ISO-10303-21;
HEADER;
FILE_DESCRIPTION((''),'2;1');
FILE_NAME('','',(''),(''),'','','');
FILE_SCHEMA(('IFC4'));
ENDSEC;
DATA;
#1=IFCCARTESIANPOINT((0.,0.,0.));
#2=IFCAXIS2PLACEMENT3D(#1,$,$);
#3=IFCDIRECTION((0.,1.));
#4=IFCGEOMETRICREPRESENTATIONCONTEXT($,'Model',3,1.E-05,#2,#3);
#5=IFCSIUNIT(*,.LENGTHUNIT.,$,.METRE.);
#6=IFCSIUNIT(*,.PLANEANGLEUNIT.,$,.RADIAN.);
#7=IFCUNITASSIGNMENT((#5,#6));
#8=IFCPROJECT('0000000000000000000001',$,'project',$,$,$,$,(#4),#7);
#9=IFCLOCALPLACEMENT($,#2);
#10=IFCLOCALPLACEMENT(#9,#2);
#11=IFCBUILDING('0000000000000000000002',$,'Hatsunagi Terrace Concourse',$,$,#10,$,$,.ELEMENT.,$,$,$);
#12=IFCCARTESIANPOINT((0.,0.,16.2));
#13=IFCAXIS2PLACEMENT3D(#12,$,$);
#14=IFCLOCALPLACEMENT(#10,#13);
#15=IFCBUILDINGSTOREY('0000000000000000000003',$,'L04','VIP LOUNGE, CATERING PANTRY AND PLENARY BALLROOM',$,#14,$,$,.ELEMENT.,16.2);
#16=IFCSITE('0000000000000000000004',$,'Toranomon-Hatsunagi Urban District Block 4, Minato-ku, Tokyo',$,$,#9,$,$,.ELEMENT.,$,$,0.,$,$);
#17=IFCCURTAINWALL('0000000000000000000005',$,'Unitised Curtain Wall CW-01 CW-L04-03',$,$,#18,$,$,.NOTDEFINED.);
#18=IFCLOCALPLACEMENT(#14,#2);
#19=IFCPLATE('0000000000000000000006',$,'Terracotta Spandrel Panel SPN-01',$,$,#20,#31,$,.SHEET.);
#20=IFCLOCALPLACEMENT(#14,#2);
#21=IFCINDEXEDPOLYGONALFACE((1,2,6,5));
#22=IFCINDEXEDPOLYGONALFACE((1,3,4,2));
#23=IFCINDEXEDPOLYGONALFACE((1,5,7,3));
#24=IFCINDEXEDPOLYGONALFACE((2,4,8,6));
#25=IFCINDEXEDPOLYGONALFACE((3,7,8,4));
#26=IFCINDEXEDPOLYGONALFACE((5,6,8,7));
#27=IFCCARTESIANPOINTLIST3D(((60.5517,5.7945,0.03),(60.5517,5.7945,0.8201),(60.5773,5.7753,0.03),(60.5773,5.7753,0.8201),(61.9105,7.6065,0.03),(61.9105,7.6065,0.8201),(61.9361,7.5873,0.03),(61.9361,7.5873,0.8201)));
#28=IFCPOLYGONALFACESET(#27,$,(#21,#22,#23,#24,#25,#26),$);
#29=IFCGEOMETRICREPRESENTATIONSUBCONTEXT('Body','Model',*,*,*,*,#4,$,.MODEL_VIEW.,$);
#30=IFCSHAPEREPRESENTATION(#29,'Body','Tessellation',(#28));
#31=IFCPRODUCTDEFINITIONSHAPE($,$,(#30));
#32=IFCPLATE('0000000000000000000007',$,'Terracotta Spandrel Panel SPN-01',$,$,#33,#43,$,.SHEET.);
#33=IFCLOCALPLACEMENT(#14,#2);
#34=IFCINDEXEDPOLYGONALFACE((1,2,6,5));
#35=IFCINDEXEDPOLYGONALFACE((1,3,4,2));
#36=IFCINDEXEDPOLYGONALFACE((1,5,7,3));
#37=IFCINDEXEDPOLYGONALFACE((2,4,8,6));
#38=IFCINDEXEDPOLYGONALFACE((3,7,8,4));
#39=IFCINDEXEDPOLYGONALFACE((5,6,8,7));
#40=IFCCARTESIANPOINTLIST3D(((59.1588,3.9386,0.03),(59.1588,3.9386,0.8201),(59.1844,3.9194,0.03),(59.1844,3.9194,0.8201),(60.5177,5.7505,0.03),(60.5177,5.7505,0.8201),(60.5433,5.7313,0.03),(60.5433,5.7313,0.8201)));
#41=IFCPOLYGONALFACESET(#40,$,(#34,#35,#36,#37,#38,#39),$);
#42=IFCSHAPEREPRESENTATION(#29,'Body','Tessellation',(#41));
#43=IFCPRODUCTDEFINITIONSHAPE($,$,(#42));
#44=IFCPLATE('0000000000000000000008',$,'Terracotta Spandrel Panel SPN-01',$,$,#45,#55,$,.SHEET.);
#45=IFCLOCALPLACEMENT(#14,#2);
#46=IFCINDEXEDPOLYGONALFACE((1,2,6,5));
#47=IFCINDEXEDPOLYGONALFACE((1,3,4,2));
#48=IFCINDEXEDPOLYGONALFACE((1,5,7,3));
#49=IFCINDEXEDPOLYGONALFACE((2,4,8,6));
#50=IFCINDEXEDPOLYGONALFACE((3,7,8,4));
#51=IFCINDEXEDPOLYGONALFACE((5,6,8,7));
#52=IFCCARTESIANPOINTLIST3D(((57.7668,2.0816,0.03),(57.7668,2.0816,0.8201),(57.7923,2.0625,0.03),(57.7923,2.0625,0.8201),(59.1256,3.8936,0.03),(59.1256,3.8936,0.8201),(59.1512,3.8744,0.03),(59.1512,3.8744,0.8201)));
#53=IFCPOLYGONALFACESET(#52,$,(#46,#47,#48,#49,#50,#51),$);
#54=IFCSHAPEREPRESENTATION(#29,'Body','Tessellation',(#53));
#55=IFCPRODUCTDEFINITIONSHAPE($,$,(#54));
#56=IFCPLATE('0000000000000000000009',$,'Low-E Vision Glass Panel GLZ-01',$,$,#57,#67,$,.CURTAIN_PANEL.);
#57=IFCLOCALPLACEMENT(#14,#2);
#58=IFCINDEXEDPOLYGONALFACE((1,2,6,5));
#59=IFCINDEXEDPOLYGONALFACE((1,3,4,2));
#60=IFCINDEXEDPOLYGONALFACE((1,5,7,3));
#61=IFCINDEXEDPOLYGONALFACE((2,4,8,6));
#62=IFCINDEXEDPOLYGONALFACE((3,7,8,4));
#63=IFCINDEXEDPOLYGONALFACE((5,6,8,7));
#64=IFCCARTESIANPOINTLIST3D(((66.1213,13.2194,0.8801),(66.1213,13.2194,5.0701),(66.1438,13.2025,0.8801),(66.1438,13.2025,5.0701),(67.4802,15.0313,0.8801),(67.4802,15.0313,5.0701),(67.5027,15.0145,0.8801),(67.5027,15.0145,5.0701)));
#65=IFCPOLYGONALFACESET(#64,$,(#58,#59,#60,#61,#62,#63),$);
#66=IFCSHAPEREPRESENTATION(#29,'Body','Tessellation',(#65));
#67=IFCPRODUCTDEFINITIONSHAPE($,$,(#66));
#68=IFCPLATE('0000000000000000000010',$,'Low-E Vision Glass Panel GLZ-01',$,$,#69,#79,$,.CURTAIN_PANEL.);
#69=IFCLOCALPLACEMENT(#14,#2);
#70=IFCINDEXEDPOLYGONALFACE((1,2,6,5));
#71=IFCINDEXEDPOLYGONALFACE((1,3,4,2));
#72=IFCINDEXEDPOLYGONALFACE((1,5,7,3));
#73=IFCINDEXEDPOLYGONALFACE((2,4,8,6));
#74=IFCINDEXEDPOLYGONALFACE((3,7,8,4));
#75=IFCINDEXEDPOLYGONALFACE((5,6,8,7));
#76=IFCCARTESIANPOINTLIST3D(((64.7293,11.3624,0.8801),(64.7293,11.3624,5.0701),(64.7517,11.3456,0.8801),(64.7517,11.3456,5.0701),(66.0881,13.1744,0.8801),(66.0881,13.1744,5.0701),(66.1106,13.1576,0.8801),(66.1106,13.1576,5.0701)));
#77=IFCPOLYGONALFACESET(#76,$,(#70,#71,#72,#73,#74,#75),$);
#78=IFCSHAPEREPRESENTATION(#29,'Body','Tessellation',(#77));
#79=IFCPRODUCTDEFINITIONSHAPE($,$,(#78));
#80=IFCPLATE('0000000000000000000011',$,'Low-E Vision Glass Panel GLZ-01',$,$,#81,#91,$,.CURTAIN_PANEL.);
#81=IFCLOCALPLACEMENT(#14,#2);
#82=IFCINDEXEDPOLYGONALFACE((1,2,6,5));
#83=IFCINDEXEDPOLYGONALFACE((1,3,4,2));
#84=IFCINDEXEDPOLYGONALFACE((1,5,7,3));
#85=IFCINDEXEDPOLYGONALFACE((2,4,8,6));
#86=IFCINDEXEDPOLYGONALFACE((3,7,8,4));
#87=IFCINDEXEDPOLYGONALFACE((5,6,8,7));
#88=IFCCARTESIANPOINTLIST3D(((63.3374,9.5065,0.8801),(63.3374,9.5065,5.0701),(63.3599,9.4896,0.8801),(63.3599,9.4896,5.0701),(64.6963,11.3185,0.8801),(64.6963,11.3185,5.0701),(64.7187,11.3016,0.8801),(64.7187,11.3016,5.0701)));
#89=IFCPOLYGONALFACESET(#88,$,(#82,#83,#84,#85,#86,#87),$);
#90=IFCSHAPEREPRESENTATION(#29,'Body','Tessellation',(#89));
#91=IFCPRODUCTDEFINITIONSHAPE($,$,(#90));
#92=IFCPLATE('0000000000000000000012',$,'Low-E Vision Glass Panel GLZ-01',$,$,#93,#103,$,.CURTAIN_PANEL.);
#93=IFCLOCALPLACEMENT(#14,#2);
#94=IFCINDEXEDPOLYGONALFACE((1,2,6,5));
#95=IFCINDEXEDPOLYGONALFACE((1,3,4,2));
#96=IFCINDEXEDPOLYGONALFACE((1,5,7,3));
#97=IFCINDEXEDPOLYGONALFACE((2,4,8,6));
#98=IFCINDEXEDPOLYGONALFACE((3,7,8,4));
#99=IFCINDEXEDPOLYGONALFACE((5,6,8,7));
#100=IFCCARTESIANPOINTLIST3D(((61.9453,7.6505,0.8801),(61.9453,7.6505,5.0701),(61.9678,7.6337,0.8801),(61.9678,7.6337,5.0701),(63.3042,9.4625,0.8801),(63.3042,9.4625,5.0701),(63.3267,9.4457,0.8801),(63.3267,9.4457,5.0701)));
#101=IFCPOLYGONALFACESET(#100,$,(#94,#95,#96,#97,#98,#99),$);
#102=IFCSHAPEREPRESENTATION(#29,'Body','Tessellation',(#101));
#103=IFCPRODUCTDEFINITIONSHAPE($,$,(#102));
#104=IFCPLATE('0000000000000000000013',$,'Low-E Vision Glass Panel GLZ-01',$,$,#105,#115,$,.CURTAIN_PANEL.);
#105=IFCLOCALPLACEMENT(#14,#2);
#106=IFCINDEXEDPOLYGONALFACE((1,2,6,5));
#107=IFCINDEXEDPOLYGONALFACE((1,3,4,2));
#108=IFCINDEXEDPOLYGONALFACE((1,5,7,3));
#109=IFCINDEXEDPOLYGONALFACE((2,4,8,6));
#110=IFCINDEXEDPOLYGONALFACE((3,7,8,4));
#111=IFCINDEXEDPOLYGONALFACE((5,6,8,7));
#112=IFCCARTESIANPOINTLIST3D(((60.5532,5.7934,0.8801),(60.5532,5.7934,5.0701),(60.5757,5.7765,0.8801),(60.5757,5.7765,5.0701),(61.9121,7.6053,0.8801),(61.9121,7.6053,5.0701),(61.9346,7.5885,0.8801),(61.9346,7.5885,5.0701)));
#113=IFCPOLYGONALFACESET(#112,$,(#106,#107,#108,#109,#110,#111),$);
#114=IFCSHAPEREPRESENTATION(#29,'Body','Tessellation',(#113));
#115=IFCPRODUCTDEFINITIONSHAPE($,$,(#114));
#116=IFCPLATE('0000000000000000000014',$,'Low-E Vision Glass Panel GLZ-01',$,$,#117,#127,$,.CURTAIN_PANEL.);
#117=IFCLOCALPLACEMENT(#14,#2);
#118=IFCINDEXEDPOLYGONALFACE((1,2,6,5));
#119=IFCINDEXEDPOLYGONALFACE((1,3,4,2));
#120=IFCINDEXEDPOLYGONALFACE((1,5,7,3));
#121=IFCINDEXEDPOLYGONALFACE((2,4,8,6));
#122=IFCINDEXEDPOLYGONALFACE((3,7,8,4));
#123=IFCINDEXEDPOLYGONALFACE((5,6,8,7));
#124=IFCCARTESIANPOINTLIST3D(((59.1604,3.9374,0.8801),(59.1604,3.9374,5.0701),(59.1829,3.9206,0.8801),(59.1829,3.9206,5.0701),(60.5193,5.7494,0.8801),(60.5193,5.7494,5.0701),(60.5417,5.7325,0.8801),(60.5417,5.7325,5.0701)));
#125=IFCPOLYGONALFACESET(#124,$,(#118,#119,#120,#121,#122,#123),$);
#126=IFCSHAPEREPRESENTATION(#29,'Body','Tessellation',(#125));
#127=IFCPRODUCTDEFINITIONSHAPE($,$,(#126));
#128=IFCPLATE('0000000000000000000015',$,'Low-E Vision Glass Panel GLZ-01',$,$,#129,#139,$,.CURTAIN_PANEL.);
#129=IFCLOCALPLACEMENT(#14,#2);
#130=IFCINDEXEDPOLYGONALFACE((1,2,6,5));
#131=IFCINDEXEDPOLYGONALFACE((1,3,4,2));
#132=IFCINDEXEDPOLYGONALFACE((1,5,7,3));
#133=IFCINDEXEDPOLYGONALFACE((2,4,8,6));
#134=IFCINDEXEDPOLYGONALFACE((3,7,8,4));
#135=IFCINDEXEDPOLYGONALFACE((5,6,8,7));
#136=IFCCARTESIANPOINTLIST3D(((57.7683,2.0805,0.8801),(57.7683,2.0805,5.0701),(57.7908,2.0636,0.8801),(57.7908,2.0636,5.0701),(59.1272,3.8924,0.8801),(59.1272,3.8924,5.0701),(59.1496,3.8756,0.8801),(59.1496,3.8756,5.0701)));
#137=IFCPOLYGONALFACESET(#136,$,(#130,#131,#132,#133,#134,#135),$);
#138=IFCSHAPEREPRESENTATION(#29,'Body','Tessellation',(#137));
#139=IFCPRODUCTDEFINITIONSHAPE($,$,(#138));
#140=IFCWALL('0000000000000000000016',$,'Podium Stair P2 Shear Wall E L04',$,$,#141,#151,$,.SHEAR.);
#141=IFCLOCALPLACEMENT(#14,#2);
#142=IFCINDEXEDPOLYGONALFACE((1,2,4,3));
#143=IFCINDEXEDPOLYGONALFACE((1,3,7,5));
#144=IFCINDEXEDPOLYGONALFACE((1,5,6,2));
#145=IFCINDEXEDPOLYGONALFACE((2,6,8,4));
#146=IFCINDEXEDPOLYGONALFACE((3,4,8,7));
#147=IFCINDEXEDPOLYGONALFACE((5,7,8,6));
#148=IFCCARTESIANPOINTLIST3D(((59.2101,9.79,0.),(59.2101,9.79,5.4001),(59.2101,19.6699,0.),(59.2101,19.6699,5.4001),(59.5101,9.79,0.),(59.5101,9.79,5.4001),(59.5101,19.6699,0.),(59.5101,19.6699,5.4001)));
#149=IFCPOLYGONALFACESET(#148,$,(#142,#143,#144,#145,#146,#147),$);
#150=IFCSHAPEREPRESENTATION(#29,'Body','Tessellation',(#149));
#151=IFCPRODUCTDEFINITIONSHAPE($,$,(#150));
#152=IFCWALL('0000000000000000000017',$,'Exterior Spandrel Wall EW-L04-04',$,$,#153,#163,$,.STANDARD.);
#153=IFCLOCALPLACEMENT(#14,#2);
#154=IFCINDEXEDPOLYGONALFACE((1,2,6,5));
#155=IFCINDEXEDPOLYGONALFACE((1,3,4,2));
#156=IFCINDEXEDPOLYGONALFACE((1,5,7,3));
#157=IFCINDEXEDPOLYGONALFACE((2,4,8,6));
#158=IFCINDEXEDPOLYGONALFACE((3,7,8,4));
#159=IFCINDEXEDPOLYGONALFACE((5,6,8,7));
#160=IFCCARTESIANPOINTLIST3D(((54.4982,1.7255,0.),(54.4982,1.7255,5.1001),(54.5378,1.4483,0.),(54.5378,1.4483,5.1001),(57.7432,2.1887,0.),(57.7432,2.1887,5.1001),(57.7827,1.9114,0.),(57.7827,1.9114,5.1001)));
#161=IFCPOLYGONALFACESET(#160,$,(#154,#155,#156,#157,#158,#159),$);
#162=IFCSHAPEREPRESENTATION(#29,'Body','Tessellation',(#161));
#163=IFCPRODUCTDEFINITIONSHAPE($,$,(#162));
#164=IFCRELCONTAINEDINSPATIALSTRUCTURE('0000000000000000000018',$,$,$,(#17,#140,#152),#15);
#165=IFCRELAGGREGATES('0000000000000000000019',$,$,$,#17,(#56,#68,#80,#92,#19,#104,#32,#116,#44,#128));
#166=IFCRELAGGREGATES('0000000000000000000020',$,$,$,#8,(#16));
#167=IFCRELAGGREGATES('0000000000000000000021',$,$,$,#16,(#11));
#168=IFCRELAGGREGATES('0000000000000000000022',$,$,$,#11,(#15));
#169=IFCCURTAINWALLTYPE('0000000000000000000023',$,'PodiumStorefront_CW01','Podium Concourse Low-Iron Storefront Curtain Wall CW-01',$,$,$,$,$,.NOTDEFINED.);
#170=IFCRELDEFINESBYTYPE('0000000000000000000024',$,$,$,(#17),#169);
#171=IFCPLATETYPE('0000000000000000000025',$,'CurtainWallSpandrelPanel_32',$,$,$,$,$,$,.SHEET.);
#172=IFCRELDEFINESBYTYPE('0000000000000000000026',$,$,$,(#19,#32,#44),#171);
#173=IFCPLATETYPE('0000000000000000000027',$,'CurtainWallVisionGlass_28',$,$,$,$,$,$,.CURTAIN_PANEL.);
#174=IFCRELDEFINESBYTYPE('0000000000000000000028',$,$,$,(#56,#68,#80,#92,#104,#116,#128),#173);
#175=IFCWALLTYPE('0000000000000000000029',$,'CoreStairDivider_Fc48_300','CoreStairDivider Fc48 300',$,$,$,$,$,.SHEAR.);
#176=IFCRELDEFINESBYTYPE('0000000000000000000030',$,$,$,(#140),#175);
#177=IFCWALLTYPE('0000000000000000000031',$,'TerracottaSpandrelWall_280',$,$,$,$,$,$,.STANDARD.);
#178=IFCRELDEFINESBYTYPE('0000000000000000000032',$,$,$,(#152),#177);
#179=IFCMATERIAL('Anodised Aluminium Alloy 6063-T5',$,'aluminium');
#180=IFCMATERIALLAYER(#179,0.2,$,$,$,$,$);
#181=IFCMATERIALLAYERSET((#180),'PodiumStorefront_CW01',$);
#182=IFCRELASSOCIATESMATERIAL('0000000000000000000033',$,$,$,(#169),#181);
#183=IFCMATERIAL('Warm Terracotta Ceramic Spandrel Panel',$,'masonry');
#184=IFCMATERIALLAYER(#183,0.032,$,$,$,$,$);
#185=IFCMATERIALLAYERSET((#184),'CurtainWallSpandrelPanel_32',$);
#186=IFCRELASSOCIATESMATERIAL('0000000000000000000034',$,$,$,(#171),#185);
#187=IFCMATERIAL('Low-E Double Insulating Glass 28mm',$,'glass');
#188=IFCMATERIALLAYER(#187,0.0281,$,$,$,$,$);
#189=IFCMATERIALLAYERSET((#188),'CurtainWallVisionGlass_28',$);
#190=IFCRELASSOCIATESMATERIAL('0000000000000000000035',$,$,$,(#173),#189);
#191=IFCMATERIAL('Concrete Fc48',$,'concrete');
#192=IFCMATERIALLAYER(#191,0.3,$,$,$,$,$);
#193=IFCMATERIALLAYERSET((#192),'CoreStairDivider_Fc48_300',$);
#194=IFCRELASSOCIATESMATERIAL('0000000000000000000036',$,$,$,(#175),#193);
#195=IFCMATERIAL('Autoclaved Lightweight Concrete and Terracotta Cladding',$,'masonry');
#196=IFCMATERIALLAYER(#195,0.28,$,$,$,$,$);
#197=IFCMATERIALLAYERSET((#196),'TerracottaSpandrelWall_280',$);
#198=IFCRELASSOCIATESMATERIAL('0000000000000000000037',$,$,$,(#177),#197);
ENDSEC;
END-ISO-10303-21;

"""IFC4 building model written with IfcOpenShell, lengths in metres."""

from ifc_helpers import new_model, si_unit, direction, frame, frame_2d, origin, origin_2d, place, context, subcontext, project, spatial, rectangle, extrude, material, layer, layer_set, type_object, element, aggregate, save


model = new_model("IFC4")

# Units and contexts
model_context = context("Model", 3, precision=1e-05, world=origin(), true_north=direction((0.0, 1.0)))
body_context = subcontext(model_context, "Body", "Model", "MODEL_VIEW")
ifc_project = project(units=[si_unit("LENGTHUNIT", "METRE"), si_unit("PLANEANGLEUNIT", "RADIAN")], contexts=[model_context])

# Site, building, storey
site_placement = place(None, origin())
site = spatial("IfcSite", under=ifc_project, at=site_placement, Name="Toranomon-Hatsunagi Urban District Block 4, Minato-ku, Tokyo", CompositionType="ELEMENT", RefElevation=0.0)
building_placement = place(site_placement, origin())
building = spatial("IfcBuilding", under=site, at=building_placement, Name="Hatsunagi Terrace Concourse", CompositionType="ELEMENT")
storey_placement = place(building_placement, frame((0.0, 0.0, 16.2)))
storey = spatial("IfcBuildingStorey", under=building, at=storey_placement, Name="L04", Description="VIP LOUNGE, CATERING PANTRY AND PLENARY BALLROOM", CompositionType="ELEMENT", Elevation=16.2)

# Curtain wall, plates
ifc_material_1 = material(Name="Anodised Aluminium Alloy 6063-T5", Category="aluminium")
ifc_layer_1 = layer(ifc_material_1, 0.2)
ifc_layer_set_1 = layer_set([ifc_layer_1], Name="PodiumStorefront_CW01")
curtain_wall_type = type_object("IfcCurtainWallType", Name="PodiumStorefront_CW01", Description="Podium Concourse Low-Iron Storefront Curtain Wall CW-01", PredefinedType="NOTDEFINED", material=ifc_layer_set_1)
curtain_wall_placement = place(storey_placement, origin())
curtain_wall = element("IfcCurtainWall", 1, at=curtain_wall_placement, inside=storey, type_object=curtain_wall_type, Name="Unitised Curtain Wall CW-01 CW-L04-03", PredefinedType="NOTDEFINED")
ifc_material_2 = material(Name="Warm Terracotta Ceramic Spandrel Panel", Category="masonry")
ifc_layer_2 = layer(ifc_material_2, 0.032)
ifc_layer_set_2 = layer_set([ifc_layer_2], Name="CurtainWallSpandrelPanel_32")
plate_type_1 = type_object("IfcPlateType", Name="CurtainWallSpandrelPanel_32", PredefinedType="SHEET", material=ifc_layer_set_2)
plate_1_placement = place(storey_placement, frame((61.2439, 6.6909, 0.03), z_axis=(0.0, 0.0, 1.0), x_axis=(-0.599969, -0.800023, 0.0)))
plate_1 = element("IfcPlate", 2, at=plate_1_placement, type_object=plate_type_1, Name="Terracotta Spandrel Panel SPN-01", PredefinedType="SHEET", context=body_context, shape_type="SweptSolid", body=[
    extrude(rectangle(XDim=2.2649, YDim=0.032, at=origin_2d()), origin(), (0.0, 0.0, 1.0), 0.79),
])
plate_2_placement = place(storey_placement, frame((59.8511, 4.835, 0.03), z_axis=(0.0, 0.0, 1.0), x_axis=(-0.599969, -0.800023, 0.0)))
plate_2 = element("IfcPlate", 3, at=plate_2_placement, type_object=plate_type_1, Name="Terracotta Spandrel Panel SPN-01", PredefinedType="SHEET", context=body_context, shape_type="SweptSolid", body=[
    extrude(rectangle(XDim=2.2649, YDim=0.032, at=origin_2d()), origin(), (0.0, 0.0, 1.0), 0.79),
])
plate_3_placement = place(storey_placement, frame((58.459, 2.978, 0.03), z_axis=(0.0, 0.0, 1.0), x_axis=(-0.599969, -0.800023, 0.0)))
plate_3 = element("IfcPlate", 4, at=plate_3_placement, type_object=plate_type_1, Name="Terracotta Spandrel Panel SPN-01", PredefinedType="SHEET", context=body_context, shape_type="SweptSolid", body=[
    extrude(rectangle(XDim=2.2649, YDim=0.032, at=origin_2d()), origin(), (0.0, 0.0, 1.0), 0.79),
])
ifc_material_3 = material(Name="Low-E Double Insulating Glass 28mm", Category="glass")
ifc_layer_3 = layer(ifc_material_3, 0.0281)
ifc_layer_set_3 = layer_set([ifc_layer_3], Name="CurtainWallVisionGlass_28")
plate_type_2 = type_object("IfcPlateType", Name="CurtainWallVisionGlass_28", PredefinedType="CURTAIN_PANEL", material=ifc_layer_set_3)
plate_4_placement = place(storey_placement, frame((66.812, 14.1169, 0.8801), z_axis=(0.0, 0.0, 1.0), x_axis=(-0.599969, -0.800023, 0.0)))
plate_4 = element("IfcPlate", 5, at=plate_4_placement, type_object=plate_type_2, Name="Low-E Vision Glass Panel GLZ-01", PredefinedType="CURTAIN_PANEL", context=body_context, shape_type="SweptSolid", body=[
    extrude(rectangle(XDim=2.2649, YDim=0.0281, at=origin_2d()), origin(), (0.0, 0.0, 1.0), 4.1899),
])
plate_5_placement = place(storey_placement, frame((65.4199, 12.26, 0.8801), z_axis=(0.0, 0.0, 1.0), x_axis=(-0.599969, -0.800023, 0.0)))
plate_5 = element("IfcPlate", 6, at=plate_5_placement, type_object=plate_type_2, Name="Low-E Vision Glass Panel GLZ-01", PredefinedType="CURTAIN_PANEL", context=body_context, shape_type="SweptSolid", body=[
    extrude(rectangle(XDim=2.2649, YDim=0.0281, at=origin_2d()), origin(), (0.0, 0.0, 1.0), 4.1899),
])
plate_6_placement = place(storey_placement, frame((64.0281, 10.4041, 0.8801), z_axis=(0.0, 0.0, 1.0), x_axis=(-0.599969, -0.800023, 0.0)))
plate_6 = element("IfcPlate", 7, at=plate_6_placement, type_object=plate_type_2, Name="Low-E Vision Glass Panel GLZ-01", PredefinedType="CURTAIN_PANEL", context=body_context, shape_type="SweptSolid", body=[
    extrude(rectangle(XDim=2.2649, YDim=0.0281, at=origin_2d()), origin(), (0.0, 0.0, 1.0), 4.1899),
])
plate_7_placement = place(storey_placement, frame((62.636, 8.5481, 0.8801), z_axis=(0.0, 0.0, 1.0), x_axis=(-0.599969, -0.800023, 0.0)))
plate_7 = element("IfcPlate", 8, at=plate_7_placement, type_object=plate_type_2, Name="Low-E Vision Glass Panel GLZ-01", PredefinedType="CURTAIN_PANEL", context=body_context, shape_type="SweptSolid", body=[
    extrude(rectangle(XDim=2.2649, YDim=0.0281, at=origin_2d()), origin(), (0.0, 0.0, 1.0), 4.1899),
])
plate_8_placement = place(storey_placement, frame((61.2439, 6.6909, 0.8801), z_axis=(0.0, 0.0, 1.0), x_axis=(-0.599969, -0.800023, 0.0)))
plate_8 = element("IfcPlate", 9, at=plate_8_placement, type_object=plate_type_2, Name="Low-E Vision Glass Panel GLZ-01", PredefinedType="CURTAIN_PANEL", context=body_context, shape_type="SweptSolid", body=[
    extrude(rectangle(XDim=2.2649, YDim=0.0281, at=origin_2d()), origin(), (0.0, 0.0, 1.0), 4.1899),
])
plate_9_placement = place(storey_placement, frame((59.8511, 4.835, 0.8801), z_axis=(0.0, 0.0, 1.0), x_axis=(-0.599969, -0.800023, 0.0)))
plate_9 = element("IfcPlate", 10, at=plate_9_placement, type_object=plate_type_2, Name="Low-E Vision Glass Panel GLZ-01", PredefinedType="CURTAIN_PANEL", context=body_context, shape_type="SweptSolid", body=[
    extrude(rectangle(XDim=2.2649, YDim=0.0281, at=origin_2d()), origin(), (0.0, 0.0, 1.0), 4.1899),
])
plate_10_placement = place(storey_placement, frame((58.459, 2.978, 0.8801), z_axis=(0.0, 0.0, 1.0), x_axis=(-0.599969, -0.800023, 0.0)))
plate_10 = element("IfcPlate", 11, at=plate_10_placement, type_object=plate_type_2, Name="Low-E Vision Glass Panel GLZ-01", PredefinedType="CURTAIN_PANEL", context=body_context, shape_type="SweptSolid", body=[
    extrude(rectangle(XDim=2.2649, YDim=0.0281, at=origin_2d()), origin(), (0.0, 0.0, 1.0), 4.1899),
])
aggregate(curtain_wall, [plate_4, plate_5, plate_6, plate_7, plate_1, plate_8, plate_2, plate_9, plate_3, plate_10])

# Walls
ifc_material_4 = material(Name="Concrete Fc48", Category="concrete")
ifc_layer_4 = layer(ifc_material_4, 0.3)
ifc_layer_set_4 = layer_set([ifc_layer_4], Name="CoreStairDivider_Fc48_300")
wall_type_1 = type_object("IfcWallType", Name="CoreStairDivider_Fc48_300", Description="CoreStairDivider Fc48 300", PredefinedType="SHEAR", material=ifc_layer_set_4)
wall_1_placement = place(storey_placement, frame((59.3601, 9.79, 0.0), z_axis=(0.0, 0.0, 1.0), x_axis=(0.0, 1.0, 0.0)))
element("IfcWall", 12, at=wall_1_placement, inside=storey, type_object=wall_type_1, Name="Podium Stair P2 Shear Wall E L04", PredefinedType="SHEAR", context=body_context, shape_type="SweptSolid", body=[
    extrude(rectangle(XDim=9.8799, YDim=0.3, at=frame_2d((4.9399, 0.0))), origin(), (0.0, 0.0, 1.0), 5.4001),
])
ifc_material_5 = material(Name="Autoclaved Lightweight Concrete and Terracotta Cladding", Category="masonry")
ifc_layer_5 = layer(ifc_material_5, 0.28)
ifc_layer_set_5 = layer_set([ifc_layer_5], Name="TerracottaSpandrelWall_280")
wall_type_2 = type_object("IfcWallType", Name="TerracottaSpandrelWall_280", PredefinedType="STANDARD", material=ifc_layer_set_5)
wall_2_placement = place(storey_placement, frame((57.7629, 2.05, 0.0), z_axis=(0.0, 0.0, 1.0), x_axis=(-0.989967, -0.141296, 0.0)))
element("IfcWall", 13, at=wall_2_placement, inside=storey, type_object=wall_type_2, Name="Exterior Spandrel Wall EW-L04-04", PredefinedType="STANDARD", context=body_context, shape_type="SweptSolid", body=[
    extrude(rectangle(XDim=3.2778, YDim=0.28, at=frame_2d((1.6389, 0.0))), origin(), (0.0, 0.0, 1.0), 5.1001),
])

save(model, "model.ifc")
